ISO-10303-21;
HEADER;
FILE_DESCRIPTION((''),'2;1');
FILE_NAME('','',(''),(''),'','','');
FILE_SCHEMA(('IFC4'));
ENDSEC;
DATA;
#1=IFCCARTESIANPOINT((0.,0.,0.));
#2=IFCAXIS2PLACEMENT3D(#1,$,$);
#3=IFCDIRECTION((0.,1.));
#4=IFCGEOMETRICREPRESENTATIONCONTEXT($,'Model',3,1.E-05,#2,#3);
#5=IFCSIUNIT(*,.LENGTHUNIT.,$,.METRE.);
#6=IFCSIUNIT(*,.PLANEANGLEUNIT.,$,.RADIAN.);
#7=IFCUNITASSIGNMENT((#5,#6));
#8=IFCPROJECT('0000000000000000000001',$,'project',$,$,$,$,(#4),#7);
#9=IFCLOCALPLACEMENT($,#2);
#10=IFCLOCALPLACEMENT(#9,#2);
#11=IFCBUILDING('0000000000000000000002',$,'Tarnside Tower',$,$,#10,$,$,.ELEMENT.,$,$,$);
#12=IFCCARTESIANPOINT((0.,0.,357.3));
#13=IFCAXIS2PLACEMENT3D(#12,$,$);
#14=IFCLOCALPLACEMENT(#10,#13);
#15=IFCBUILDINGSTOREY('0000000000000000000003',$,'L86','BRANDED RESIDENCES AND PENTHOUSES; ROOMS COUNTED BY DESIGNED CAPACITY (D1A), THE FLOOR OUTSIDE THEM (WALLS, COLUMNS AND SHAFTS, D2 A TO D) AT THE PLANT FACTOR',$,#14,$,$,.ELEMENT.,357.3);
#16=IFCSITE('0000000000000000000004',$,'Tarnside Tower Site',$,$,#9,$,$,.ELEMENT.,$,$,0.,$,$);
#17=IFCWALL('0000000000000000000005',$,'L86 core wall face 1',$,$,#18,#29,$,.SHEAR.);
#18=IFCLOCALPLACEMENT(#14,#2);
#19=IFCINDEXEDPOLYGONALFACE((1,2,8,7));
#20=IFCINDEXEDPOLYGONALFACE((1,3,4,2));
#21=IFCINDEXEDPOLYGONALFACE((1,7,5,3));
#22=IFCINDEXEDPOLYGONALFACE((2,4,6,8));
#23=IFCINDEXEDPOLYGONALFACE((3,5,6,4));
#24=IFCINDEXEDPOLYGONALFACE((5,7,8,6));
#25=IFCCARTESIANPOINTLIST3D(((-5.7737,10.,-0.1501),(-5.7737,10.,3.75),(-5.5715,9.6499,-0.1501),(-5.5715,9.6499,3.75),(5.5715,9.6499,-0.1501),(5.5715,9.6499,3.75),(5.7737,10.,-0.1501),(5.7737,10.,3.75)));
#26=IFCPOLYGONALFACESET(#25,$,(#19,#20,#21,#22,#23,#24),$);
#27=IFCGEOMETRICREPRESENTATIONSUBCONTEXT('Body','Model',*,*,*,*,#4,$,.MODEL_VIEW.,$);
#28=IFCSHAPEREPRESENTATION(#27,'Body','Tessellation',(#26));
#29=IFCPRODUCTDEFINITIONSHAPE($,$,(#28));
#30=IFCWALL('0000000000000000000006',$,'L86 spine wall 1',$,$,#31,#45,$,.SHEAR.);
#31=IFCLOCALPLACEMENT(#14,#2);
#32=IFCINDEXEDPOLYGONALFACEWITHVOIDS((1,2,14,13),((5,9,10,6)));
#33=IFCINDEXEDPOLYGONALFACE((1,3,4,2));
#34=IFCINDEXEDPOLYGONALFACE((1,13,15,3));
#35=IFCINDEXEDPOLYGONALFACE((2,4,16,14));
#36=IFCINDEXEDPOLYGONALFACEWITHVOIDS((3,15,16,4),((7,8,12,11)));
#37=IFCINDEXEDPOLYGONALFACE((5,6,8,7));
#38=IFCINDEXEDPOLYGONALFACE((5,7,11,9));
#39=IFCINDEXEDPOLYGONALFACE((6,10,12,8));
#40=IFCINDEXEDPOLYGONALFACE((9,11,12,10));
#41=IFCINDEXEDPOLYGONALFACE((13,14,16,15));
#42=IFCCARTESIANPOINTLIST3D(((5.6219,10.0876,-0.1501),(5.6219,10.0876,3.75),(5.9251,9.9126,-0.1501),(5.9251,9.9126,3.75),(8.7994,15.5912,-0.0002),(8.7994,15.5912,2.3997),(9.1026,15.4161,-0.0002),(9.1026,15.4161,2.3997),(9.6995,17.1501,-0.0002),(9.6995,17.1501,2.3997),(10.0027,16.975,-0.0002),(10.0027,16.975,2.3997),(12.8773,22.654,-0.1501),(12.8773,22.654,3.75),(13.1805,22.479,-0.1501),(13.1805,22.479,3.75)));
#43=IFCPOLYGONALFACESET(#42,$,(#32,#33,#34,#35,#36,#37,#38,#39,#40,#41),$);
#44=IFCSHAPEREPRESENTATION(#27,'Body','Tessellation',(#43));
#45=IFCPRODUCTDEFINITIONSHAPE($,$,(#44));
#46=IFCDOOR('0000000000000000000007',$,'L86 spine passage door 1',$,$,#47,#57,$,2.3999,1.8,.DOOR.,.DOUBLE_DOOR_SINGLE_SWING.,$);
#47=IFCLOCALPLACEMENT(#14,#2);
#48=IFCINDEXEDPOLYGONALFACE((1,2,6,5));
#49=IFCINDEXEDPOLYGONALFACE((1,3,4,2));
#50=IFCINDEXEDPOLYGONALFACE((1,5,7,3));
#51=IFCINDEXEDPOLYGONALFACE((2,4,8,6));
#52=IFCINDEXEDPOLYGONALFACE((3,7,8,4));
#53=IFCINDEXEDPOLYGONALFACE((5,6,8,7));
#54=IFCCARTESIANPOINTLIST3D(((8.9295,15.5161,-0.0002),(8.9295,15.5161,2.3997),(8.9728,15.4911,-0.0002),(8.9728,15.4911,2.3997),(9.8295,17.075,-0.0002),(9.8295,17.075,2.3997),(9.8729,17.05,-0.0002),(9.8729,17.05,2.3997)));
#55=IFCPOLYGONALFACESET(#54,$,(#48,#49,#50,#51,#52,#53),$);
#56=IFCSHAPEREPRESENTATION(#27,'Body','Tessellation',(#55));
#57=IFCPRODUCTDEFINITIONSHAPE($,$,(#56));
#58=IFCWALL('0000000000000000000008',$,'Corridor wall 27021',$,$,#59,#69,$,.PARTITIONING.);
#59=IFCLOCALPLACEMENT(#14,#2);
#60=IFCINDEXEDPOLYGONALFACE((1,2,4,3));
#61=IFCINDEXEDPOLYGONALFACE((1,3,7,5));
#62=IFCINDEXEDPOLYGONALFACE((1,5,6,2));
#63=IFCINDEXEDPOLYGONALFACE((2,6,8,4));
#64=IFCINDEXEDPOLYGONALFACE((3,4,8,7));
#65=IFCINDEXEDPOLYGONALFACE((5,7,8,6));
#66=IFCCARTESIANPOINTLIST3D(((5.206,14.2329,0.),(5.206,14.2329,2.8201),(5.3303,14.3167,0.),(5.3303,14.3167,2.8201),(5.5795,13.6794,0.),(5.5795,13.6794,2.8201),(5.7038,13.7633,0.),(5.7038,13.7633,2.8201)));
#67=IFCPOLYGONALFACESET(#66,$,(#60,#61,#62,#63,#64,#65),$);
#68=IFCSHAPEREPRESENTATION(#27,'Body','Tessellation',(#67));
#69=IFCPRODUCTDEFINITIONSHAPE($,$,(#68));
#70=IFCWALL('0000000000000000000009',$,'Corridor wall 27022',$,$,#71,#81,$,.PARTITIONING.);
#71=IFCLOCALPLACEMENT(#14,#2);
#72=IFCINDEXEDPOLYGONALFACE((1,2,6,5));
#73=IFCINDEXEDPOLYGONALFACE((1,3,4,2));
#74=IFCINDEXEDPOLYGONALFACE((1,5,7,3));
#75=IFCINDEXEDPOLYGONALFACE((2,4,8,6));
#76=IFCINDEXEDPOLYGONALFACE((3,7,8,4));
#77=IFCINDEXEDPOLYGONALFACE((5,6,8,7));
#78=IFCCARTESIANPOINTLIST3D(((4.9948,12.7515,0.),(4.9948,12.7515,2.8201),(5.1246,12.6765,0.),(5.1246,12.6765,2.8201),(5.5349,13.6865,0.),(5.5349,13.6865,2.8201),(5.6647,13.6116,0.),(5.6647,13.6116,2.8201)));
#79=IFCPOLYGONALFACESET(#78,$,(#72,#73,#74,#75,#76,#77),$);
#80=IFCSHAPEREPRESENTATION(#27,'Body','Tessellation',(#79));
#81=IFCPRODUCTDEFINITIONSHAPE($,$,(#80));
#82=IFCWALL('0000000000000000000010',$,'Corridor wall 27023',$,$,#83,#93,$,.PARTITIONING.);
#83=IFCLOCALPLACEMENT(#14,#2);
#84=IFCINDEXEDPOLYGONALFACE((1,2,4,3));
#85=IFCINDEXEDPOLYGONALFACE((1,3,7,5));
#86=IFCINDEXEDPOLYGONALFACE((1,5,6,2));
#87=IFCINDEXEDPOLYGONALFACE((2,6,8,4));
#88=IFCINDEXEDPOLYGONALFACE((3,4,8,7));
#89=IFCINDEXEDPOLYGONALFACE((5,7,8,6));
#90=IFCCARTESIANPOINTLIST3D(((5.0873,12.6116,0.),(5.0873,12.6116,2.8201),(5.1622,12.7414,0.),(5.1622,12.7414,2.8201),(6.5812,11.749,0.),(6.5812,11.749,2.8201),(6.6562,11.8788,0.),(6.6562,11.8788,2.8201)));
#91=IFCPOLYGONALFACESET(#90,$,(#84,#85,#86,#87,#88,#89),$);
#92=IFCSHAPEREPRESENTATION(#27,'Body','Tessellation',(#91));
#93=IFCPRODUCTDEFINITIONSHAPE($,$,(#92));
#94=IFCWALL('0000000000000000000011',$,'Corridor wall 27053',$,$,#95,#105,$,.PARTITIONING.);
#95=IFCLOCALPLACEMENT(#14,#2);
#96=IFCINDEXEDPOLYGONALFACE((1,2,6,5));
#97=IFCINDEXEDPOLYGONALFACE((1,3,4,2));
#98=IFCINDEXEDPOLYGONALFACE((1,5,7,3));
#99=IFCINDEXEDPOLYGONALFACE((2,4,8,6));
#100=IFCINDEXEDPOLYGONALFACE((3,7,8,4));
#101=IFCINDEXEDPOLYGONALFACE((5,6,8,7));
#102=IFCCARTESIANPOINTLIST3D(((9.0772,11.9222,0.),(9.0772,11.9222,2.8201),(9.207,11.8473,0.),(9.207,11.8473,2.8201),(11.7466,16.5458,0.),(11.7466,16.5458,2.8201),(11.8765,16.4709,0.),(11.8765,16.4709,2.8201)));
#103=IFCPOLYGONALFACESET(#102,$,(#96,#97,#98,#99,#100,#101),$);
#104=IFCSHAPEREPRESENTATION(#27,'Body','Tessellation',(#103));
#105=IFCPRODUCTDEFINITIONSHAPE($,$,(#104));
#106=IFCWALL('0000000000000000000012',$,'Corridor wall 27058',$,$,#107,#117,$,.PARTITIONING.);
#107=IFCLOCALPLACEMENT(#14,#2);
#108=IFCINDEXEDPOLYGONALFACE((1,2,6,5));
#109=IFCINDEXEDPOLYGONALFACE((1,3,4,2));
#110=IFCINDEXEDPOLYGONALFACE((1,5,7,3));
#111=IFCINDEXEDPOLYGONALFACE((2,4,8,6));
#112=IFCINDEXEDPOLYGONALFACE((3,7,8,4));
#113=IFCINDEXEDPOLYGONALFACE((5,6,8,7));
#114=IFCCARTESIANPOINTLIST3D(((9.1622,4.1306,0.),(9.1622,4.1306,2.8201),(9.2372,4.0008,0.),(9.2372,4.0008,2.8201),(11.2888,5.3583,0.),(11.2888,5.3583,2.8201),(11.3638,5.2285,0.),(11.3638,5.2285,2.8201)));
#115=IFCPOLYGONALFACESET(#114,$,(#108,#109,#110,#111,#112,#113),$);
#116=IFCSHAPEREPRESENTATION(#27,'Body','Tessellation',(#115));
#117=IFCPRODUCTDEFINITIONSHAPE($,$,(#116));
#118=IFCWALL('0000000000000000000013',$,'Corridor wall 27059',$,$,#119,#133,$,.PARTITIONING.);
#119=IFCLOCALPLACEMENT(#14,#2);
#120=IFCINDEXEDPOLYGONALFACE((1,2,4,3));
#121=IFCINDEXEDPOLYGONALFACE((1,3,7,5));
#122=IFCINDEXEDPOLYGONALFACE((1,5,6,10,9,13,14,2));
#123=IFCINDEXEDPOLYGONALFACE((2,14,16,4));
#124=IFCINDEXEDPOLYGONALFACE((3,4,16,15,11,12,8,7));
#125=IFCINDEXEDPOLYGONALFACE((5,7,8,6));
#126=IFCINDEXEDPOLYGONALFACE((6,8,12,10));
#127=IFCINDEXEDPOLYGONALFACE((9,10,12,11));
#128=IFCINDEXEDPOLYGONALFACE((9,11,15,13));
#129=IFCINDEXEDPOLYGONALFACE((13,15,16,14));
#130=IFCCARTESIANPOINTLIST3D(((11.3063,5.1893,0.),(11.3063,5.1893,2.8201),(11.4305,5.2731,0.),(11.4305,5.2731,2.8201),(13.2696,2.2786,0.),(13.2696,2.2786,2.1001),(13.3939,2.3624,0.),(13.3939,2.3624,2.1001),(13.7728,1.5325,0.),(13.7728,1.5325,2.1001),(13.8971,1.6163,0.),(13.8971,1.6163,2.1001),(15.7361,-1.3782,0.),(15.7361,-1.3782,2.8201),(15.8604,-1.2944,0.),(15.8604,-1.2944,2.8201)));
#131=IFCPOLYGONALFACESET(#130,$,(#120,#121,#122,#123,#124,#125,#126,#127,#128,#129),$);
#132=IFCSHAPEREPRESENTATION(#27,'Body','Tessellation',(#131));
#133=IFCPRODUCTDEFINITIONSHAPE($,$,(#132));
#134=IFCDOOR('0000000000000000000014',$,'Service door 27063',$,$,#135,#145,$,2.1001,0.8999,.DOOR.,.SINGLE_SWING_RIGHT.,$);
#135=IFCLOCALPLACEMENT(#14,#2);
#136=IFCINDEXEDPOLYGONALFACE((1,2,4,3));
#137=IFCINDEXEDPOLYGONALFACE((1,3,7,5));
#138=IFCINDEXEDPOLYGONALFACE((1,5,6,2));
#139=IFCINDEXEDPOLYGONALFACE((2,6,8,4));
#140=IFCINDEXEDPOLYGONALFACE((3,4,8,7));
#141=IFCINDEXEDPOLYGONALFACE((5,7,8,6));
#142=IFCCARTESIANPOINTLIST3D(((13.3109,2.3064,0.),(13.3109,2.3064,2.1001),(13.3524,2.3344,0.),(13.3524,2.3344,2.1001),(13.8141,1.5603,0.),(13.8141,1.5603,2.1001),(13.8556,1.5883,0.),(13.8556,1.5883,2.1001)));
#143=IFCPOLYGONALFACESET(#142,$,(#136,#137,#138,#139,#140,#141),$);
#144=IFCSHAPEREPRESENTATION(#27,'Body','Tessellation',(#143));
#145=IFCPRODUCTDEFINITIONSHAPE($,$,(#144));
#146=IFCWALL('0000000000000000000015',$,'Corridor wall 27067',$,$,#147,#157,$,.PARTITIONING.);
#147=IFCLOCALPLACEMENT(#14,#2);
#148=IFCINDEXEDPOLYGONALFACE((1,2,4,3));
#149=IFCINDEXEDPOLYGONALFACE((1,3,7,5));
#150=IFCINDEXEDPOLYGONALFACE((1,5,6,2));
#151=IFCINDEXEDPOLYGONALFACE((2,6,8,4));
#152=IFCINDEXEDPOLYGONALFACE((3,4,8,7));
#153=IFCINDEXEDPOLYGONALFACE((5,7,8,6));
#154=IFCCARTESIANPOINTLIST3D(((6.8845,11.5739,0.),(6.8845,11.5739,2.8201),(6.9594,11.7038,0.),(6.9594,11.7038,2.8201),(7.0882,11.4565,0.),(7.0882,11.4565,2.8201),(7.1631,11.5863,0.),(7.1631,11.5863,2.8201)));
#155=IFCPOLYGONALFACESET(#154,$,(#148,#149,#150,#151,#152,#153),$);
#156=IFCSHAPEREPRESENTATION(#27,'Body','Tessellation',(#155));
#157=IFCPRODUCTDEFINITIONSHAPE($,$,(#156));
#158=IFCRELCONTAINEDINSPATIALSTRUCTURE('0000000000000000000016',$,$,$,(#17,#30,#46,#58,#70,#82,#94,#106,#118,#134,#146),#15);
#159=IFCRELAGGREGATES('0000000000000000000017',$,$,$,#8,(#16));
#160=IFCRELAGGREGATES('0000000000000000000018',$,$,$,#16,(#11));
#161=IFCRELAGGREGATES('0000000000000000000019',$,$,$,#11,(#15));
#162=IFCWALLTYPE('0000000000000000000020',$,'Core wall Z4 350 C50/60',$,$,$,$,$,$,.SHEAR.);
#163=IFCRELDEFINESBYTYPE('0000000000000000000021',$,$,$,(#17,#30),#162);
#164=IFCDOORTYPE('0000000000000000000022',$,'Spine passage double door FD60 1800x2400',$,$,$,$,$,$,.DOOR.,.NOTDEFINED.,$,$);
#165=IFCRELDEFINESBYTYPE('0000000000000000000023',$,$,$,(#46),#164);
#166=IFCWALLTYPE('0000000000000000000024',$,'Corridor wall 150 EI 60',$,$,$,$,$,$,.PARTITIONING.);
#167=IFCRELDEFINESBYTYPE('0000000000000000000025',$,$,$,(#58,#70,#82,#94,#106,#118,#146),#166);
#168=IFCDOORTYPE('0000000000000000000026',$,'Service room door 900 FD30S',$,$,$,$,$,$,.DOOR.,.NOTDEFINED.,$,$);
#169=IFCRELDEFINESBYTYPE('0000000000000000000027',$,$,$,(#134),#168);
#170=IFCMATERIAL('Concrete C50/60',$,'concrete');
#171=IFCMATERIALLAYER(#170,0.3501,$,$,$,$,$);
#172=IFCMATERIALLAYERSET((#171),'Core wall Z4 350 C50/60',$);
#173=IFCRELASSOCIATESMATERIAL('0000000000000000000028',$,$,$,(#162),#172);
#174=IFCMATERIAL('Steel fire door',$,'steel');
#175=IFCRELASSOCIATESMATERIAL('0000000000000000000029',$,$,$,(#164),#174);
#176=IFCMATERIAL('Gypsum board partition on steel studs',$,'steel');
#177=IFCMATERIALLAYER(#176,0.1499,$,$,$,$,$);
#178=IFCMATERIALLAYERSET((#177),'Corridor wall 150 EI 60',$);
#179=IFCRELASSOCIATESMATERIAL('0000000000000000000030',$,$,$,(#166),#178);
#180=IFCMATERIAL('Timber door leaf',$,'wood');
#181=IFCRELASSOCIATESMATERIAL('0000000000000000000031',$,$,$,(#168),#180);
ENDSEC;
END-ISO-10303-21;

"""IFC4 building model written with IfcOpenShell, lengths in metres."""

from ifc_helpers import new_model, si_unit, direction, frame, frame_2d, origin, place, context, subcontext, project, spatial, polyline, rectangle, outline, extrude, material, layer, layer_set, type_object, element, fill, save


model = new_model("IFC4")

# Units and contexts
model_context = context("Model", 3, precision=1e-05, world=origin(), true_north=direction((0.0, 1.0)))
body_context = subcontext(model_context, "Body", "Model", "MODEL_VIEW")
ifc_project = project(units=[si_unit("LENGTHUNIT", "METRE"), si_unit("PLANEANGLEUNIT", "RADIAN")], contexts=[model_context])

# Site, building, storey
site_placement = place(None, origin())
site = spatial("IfcSite", under=ifc_project, at=site_placement, Name="Tarnside Tower Site", CompositionType="ELEMENT", RefElevation=0.0)
building_placement = place(site_placement, origin())
building = spatial("IfcBuilding", under=site, at=building_placement, Name="Tarnside Tower", CompositionType="ELEMENT")
storey_placement = place(building_placement, frame((0.0, 0.0, 357.3)))
storey = spatial("IfcBuildingStorey", under=building, at=storey_placement, Name="L86", Description="BRANDED RESIDENCES AND PENTHOUSES; ROOMS COUNTED BY DESIGNED CAPACITY (D1A), THE FLOOR OUTSIDE THEM (WALLS, COLUMNS AND SHAFTS, D2 A TO D) AT THE PLANT FACTOR", CompositionType="ELEMENT", Elevation=357.3)

# Wall
ifc_material_1 = material(Name="Concrete C50/60", Category="concrete")
ifc_layer_1 = layer(ifc_material_1, 0.3501)
ifc_layer_set_1 = layer_set([ifc_layer_1], Name="Core wall Z4 350 C50/60")
wall_type_1 = type_object("IfcWallType", Name="Core wall Z4 350 C50/60", PredefinedType="SHEAR", material=ifc_layer_set_1)
wall_1_placement = place(storey_placement, frame((5.6726, 9.825, -0.1501), z_axis=(0.0, 0.0, 1.0), x_axis=(-1.0, 0.0, 0.0)))
element("IfcWall", 1, at=wall_1_placement, inside=storey, type_object=wall_type_1, Name="L86 core wall face 1", PredefinedType="SHEAR", context=body_context, shape_type="SweptSolid", body=[
    extrude(outline(polyline([(-0.1011, -0.175), (11.4463, -0.175), (11.2441, 0.175), (0.1011, 0.175), (-0.1011, -0.175)])), origin(), (0.0, 0.0, 1.0), 3.9001),
])

# Wall, opening, door
wall_2_placement = place(storey_placement, frame((5.7734, 10.0, -0.1501), z_axis=(0.0, 0.0, 1.0), x_axis=(0.500008, 0.866021, 0.0)))
wall_2 = element("IfcWall", 2, at=wall_2_placement, inside=storey, type_object=wall_type_1, Name="L86 spine wall 1", PredefinedType="SHEAR", context=body_context, shape_type="SweptSolid", body=[
    extrude(rectangle(XDim=14.5105, YDim=0.3501, at=frame_2d((7.2554, 0.0))), origin(), (0.0, 0.0, 1.0), 3.9001),
])
opening_1_placement = place(wall_2_placement, frame((6.3552, 0.0, 0.1499)))
opening_1 = element("IfcOpeningElement", 3, at=opening_1_placement, cuts=wall_2, PredefinedType="OPENING", context=body_context, shape_type="SweptSolid", body=[
    extrude(rectangle(XDim=1.8, YDim=2.3999, at=frame_2d((0.8999, 1.2))), frame((0.0, 0.1851, 0.0), z_axis=(0.0, -1.0, 0.0), x_axis=(1.0, 0.0, 0.0)), (0.0, 0.0, 1.0), 0.3701),
])
ifc_material_2 = material(Name="Steel fire door", Category="steel")
door_type_1 = type_object("IfcDoorType", Name="Spine passage double door FD60 1800x2400", OperationType="NOTDEFINED", PredefinedType="DOOR", material=ifc_material_2)
door_1_placement = place(opening_1_placement, origin())
door_1 = element("IfcDoor", 4, at=door_1_placement, inside=storey, type_object=door_type_1, Name="L86 spine passage door 1", OperationType="DOUBLE_DOOR_SINGLE_SWING", OverallHeight=2.3999, OverallWidth=1.8, PredefinedType="DOOR", context=body_context, shape_type="SweptSolid", body=[
    extrude(rectangle(XDim=1.8, YDim=2.3999, at=frame_2d((0.8999, 1.2))), frame((0.0, 0.0249, 0.0), z_axis=(0.0, -1.0, 0.0), x_axis=(1.0, 0.0, 0.0)), (0.0, 0.0, 1.0), 0.05),
])
fill(opening_1, door_1)

# Walls
ifc_material_3 = material(Name="Gypsum board partition on steel studs", Category="steel")
ifc_layer_2 = layer(ifc_material_3, 0.1499)
ifc_layer_set_2 = layer_set([ifc_layer_2], Name="Corridor wall 150 EI 60")
wall_type_2 = type_object("IfcWallType", Name="Corridor wall 150 EI 60", PredefinedType="PARTITIONING", material=ifc_layer_set_2)
wall_3_placement = place(storey_placement, frame((5.2681, 14.2749, 0.0), z_axis=(0.0, 0.0, 1.0), x_axis=(0.559416, -0.828887, 0.0)))
element("IfcWall", 5, at=wall_3_placement, inside=storey, type_object=wall_type_2, Name="Corridor wall 27021", PredefinedType="PARTITIONING", context=body_context, shape_type="SweptSolid", body=[
    extrude(rectangle(XDim=0.6677, YDim=0.1499, at=frame_2d((0.334, 0.0))), origin(), (0.0, 0.0, 1.0), 2.8201),
])
wall_4_placement = place(storey_placement, frame((5.5999, 13.6492, 0.0), z_axis=(0.0, 0.0, 1.0), x_axis=(-0.500127, -0.865952, 0.0)))
element("IfcWall", 6, at=wall_4_placement, inside=storey, type_object=wall_type_2, Name="Corridor wall 27022", PredefinedType="PARTITIONING", context=body_context, shape_type="SweptSolid", body=[
    extrude(rectangle(XDim=1.0798, YDim=0.1499, at=frame_2d((0.54, 0.0))), origin(), (0.0, 0.0, 1.0), 2.8201),
])
wall_5_placement = place(storey_placement, frame((5.1248, 12.6765, 0.0), z_axis=(0.0, 0.0, 1.0), x_axis=(0.866014, -0.500021, 0.0)))
element("IfcWall", 7, at=wall_5_placement, inside=storey, type_object=wall_type_2, Name="Corridor wall 27023", PredefinedType="PARTITIONING", context=body_context, shape_type="SweptSolid", body=[
    extrude(rectangle(XDim=1.7251, YDim=0.1499, at=frame_2d((0.8625, 0.0))), origin(), (0.0, 0.0, 1.0), 2.8201),
])
wall_6_placement = place(storey_placement, frame((9.1421, 11.8848, 0.0), z_axis=(0.0, 0.0, 1.0), x_axis=(0.500005, 0.866023, 0.0)))
element("IfcWall", 8, at=wall_6_placement, inside=storey, type_object=wall_type_2, Name="Corridor wall 27053", PredefinedType="PARTITIONING", context=body_context, shape_type="SweptSolid", body=[
    extrude(rectangle(XDim=5.3389, YDim=0.1499, at=frame_2d((2.6694, 0.0))), origin(), (0.0, 0.0, 1.0), 2.8201),
])
wall_7_placement = place(storey_placement, frame((9.1997, 4.0657, 0.0), z_axis=(0.0, 0.0, 1.0), x_axis=(0.866038, 0.499978, 0.0)))
element("IfcWall", 9, at=wall_7_placement, inside=storey, type_object=wall_type_2, Name="Corridor wall 27058", PredefinedType="PARTITIONING", context=body_context, shape_type="SweptSolid", body=[
    extrude(rectangle(XDim=2.4556, YDim=0.1499, at=frame_2d((1.2278, 0.0))), origin(), (0.0, 0.0, 1.0), 2.8201),
])

# Wall, opening, door
wall_8_placement = place(storey_placement, frame((11.3684, 5.2312, 0.0), z_axis=(0.0, 0.0, 1.0), x_axis=(0.559194, -0.829037, 0.0)))
wall_8 = element("IfcWall", 10, at=wall_8_placement, inside=storey, type_object=wall_type_2, Name="Corridor wall 27059", PredefinedType="PARTITIONING", context=body_context, shape_type="SweptSolid", body=[
    extrude(rectangle(XDim=7.9219, YDim=0.1499, at=frame_2d((3.9609, 0.0))), origin(), (0.0, 0.0, 1.0), 2.8201),
])
opening_2_placement = place(wall_8_placement, frame((3.511, 0.0, 0.0)))
opening_2 = element("IfcOpeningElement", 11, at=opening_2_placement, cuts=wall_8, PredefinedType="OPENING", context=body_context, shape_type="SweptSolid", body=[
    extrude(rectangle(XDim=0.8999, YDim=2.1001, at=frame_2d((0.45, 1.05))), frame((0.0, 0.085, 0.0), z_axis=(0.0, -1.0, 0.0), x_axis=(1.0, 0.0, 0.0)), (0.0, 0.0, 1.0), 0.1699),
])
ifc_material_4 = material(Name="Timber door leaf", Category="wood")
door_type_2 = type_object("IfcDoorType", Name="Service room door 900 FD30S", OperationType="NOTDEFINED", PredefinedType="DOOR", material=ifc_material_4)
door_2_placement = place(opening_2_placement, origin())
door_2 = element("IfcDoor", 12, at=door_2_placement, inside=storey, type_object=door_type_2, Name="Service door 27063", OperationType="SINGLE_SWING_RIGHT", OverallHeight=2.1001, OverallWidth=0.8999, PredefinedType="DOOR", context=body_context, shape_type="SweptSolid", body=[
    extrude(rectangle(XDim=0.8999, YDim=2.1001, at=frame_2d((0.45, 1.05))), frame((0.0, 0.0249, 0.0), z_axis=(0.0, -1.0, 0.0), x_axis=(1.0, 0.0, 0.0)), (0.0, 0.0, 1.0), 0.05),
])
fill(opening_2, door_2)

# Wall
wall_9_placement = place(storey_placement, frame((6.9219, 11.6389, 0.0), z_axis=(0.0, 0.0, 1.0), x_axis=(0.866255, -0.499603, 0.0)))
element("IfcWall", 13, at=wall_9_placement, inside=storey, type_object=wall_type_2, Name="Corridor wall 27067", PredefinedType="PARTITIONING", context=body_context, shape_type="SweptSolid", body=[
    extrude(rectangle(XDim=0.2351, YDim=0.1499, at=frame_2d((0.1177, 0.0))), origin(), (0.0, 0.0, 1.0), 2.8201),
])

save(model, "model.ifc")
